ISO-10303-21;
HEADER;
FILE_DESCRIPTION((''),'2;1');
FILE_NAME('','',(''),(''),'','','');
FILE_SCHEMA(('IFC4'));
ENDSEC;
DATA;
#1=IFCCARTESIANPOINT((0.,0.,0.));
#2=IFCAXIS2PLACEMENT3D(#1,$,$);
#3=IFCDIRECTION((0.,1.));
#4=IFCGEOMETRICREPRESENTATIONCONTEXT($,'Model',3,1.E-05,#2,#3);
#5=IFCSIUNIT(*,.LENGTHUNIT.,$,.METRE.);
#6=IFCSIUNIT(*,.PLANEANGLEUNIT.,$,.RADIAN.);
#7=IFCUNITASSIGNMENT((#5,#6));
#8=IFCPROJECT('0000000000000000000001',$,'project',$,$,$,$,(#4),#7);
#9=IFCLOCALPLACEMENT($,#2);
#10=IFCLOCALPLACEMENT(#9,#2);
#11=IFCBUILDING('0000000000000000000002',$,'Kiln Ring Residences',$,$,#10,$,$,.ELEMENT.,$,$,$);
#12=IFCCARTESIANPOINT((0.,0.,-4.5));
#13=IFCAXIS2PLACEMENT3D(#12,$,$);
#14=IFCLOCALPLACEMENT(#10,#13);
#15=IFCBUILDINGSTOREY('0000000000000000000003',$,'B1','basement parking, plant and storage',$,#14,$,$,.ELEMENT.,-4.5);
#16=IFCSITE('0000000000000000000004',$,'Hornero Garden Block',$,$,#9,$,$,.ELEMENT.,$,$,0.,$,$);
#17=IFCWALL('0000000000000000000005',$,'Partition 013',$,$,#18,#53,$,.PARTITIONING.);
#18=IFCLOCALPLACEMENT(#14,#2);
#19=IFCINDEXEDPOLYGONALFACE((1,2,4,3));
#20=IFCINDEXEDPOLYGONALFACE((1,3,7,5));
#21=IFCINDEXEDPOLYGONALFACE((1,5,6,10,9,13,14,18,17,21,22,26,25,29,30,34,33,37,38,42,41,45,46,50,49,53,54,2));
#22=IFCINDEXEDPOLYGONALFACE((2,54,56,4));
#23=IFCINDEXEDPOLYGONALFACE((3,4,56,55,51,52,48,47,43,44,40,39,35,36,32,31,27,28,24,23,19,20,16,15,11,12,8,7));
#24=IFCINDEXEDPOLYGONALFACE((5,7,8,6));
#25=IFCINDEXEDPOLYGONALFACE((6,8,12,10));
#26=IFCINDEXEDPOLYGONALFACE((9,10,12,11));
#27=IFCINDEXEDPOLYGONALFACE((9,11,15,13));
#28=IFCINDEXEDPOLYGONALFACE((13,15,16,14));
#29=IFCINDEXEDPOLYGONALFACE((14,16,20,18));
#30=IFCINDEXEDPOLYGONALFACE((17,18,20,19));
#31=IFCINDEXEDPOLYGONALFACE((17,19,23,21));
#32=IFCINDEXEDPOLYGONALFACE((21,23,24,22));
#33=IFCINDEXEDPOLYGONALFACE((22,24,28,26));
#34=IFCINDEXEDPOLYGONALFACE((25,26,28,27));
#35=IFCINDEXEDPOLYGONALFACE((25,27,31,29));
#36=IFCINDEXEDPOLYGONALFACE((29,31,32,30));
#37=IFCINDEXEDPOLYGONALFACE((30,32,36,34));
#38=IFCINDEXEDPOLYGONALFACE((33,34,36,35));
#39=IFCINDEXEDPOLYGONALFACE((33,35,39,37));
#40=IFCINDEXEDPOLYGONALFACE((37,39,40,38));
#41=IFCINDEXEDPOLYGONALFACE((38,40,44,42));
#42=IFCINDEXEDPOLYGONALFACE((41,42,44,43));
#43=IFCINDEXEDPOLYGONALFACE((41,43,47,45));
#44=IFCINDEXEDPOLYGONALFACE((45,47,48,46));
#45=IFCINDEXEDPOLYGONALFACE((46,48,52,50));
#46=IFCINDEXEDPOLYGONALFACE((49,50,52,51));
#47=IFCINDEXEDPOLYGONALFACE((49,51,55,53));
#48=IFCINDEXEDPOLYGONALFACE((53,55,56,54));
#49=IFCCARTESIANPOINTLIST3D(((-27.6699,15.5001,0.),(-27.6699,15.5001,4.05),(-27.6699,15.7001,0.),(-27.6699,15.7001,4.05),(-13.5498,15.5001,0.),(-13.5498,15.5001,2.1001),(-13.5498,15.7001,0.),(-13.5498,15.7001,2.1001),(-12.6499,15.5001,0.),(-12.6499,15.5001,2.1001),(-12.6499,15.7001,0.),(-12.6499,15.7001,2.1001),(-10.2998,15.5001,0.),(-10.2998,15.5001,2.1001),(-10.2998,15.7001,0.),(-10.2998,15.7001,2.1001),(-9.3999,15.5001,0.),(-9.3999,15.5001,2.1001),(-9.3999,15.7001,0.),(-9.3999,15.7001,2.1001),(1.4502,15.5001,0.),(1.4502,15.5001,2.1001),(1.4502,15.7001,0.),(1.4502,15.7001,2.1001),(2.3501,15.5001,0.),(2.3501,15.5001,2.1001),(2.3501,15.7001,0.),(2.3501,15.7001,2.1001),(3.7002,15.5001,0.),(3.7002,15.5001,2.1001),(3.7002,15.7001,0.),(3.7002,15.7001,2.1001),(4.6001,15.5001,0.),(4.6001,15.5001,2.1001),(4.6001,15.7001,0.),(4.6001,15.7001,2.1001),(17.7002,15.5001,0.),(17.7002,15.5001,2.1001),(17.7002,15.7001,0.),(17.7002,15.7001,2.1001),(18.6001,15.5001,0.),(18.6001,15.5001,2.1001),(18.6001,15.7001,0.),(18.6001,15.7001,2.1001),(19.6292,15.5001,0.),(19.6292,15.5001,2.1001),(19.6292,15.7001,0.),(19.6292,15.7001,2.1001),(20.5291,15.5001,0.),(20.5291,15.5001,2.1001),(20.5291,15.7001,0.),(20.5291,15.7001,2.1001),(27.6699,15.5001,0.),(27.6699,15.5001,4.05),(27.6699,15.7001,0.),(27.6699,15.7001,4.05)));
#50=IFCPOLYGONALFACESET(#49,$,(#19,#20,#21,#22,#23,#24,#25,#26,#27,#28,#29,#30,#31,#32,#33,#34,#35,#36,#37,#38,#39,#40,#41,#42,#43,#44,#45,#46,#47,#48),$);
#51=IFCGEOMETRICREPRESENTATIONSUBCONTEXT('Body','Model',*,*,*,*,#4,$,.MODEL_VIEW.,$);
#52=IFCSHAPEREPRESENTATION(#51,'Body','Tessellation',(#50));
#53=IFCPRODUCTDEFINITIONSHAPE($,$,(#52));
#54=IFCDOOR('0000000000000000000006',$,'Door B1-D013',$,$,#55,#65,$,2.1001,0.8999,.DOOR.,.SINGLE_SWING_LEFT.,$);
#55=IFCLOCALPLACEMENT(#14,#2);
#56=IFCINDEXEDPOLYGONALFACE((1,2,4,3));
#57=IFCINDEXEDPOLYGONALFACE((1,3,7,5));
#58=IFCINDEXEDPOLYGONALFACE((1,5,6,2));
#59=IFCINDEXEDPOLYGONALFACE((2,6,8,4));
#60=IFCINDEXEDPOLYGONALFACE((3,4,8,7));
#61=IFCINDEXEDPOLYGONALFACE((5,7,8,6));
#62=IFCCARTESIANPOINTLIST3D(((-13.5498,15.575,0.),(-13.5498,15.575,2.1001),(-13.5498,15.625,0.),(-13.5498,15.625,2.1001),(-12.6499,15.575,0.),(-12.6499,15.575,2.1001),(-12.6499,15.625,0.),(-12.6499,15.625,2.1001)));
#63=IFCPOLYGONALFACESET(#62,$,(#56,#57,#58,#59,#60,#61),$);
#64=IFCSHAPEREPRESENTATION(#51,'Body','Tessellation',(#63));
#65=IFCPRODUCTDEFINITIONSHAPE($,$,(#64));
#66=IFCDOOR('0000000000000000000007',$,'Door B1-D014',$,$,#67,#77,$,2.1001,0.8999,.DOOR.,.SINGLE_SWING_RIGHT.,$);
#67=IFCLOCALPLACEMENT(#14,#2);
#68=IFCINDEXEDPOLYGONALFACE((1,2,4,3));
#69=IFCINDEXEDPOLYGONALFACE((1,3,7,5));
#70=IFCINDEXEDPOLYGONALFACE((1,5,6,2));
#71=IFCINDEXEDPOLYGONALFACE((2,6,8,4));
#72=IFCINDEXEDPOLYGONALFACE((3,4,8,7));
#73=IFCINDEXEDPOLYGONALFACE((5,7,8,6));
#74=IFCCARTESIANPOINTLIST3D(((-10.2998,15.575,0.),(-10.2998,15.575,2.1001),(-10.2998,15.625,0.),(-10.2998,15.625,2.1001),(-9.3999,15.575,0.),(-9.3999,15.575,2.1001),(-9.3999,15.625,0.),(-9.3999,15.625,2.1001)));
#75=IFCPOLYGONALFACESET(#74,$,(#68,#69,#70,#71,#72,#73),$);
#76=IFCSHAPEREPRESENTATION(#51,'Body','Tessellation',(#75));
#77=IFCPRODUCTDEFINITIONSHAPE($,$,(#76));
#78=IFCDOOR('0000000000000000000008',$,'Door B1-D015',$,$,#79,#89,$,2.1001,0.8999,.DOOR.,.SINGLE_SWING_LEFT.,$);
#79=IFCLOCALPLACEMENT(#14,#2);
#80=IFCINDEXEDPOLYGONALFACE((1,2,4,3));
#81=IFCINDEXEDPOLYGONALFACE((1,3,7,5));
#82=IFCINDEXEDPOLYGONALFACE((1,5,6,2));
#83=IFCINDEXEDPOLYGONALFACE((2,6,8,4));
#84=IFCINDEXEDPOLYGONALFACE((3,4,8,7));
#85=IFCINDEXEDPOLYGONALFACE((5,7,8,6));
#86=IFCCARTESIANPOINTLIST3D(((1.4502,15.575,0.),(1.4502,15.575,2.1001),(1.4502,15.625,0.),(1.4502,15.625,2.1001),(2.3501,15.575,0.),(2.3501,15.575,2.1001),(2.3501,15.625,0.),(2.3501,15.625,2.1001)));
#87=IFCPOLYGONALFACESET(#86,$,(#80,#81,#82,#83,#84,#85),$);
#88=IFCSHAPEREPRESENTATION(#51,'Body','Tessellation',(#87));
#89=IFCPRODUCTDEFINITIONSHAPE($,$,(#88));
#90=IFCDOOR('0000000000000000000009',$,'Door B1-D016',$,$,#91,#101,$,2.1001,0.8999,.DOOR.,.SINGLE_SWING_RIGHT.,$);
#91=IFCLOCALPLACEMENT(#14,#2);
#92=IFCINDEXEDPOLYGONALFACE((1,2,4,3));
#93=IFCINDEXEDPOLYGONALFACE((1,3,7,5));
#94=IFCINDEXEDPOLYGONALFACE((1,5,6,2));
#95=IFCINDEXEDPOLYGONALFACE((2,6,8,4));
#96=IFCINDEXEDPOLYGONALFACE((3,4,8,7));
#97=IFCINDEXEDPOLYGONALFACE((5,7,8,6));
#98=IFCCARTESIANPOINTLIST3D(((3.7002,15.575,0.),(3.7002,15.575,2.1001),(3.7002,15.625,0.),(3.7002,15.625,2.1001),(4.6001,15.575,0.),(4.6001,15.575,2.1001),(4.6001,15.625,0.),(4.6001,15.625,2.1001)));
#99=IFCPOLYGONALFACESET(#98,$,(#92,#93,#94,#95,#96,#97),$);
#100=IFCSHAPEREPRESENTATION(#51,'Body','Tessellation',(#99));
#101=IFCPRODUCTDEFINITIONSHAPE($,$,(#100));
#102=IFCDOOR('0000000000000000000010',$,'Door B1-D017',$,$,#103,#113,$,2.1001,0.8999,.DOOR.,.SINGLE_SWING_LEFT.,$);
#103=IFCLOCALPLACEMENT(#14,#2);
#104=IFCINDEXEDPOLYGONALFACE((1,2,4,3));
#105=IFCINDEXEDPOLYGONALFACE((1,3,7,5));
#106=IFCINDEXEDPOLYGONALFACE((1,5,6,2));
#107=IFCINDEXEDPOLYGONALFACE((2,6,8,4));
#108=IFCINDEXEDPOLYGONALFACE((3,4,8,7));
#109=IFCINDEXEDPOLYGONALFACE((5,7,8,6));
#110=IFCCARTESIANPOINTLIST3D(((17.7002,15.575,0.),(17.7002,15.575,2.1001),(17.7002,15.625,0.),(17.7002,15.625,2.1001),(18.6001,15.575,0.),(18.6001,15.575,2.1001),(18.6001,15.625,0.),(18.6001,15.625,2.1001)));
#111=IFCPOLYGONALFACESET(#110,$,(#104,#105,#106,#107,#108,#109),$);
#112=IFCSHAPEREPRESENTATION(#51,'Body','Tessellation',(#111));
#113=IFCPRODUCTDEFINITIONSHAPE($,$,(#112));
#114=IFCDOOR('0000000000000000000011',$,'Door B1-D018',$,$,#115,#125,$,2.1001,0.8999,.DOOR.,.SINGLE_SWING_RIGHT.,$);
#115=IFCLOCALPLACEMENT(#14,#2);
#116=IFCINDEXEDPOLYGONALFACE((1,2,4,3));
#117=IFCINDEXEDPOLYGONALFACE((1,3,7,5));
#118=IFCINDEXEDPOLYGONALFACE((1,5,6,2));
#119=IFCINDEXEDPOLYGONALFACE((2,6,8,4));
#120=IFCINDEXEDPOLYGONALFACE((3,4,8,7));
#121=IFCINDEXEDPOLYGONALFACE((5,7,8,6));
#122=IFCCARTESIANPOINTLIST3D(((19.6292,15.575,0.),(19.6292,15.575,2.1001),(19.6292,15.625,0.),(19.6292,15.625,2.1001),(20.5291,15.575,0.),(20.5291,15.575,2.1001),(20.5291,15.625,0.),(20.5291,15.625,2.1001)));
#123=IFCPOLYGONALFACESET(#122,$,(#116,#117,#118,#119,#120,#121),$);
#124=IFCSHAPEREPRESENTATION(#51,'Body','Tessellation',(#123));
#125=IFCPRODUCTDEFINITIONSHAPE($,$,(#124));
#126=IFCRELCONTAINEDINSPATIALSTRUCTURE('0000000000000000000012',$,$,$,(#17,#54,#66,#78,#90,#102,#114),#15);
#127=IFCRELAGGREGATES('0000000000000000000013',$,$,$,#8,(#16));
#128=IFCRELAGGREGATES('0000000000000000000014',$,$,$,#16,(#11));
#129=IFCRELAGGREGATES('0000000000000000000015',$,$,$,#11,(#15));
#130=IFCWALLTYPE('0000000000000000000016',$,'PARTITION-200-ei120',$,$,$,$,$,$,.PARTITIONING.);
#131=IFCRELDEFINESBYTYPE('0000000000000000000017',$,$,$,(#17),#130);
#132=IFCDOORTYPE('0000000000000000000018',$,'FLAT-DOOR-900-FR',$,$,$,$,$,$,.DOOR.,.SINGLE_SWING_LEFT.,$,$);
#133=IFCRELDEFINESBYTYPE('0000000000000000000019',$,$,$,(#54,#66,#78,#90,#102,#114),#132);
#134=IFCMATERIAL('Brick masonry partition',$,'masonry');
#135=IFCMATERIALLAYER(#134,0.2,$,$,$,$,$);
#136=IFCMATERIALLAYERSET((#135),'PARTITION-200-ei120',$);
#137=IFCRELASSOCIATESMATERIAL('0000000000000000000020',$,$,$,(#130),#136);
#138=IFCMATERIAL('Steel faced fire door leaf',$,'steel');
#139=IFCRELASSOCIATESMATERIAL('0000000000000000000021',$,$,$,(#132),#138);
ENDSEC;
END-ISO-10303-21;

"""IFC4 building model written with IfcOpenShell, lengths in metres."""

from ifc_helpers import new_model, si_unit, direction, frame, frame_2d, origin, place, context, subcontext, project, spatial, rectangle, extrude, material, layer, layer_set, type_object, element, fill, save


model = new_model("IFC4")

# Units and contexts
model_context = context("Model", 3, precision=1e-05, world=origin(), true_north=direction((0.0, 1.0)))
body_context = subcontext(model_context, "Body", "Model", "MODEL_VIEW")
ifc_project = project(units=[si_unit("LENGTHUNIT", "METRE"), si_unit("PLANEANGLEUNIT", "RADIAN")], contexts=[model_context])

# Site, building, storey
site_placement = place(None, origin())
site = spatial("IfcSite", under=ifc_project, at=site_placement, Name="Hornero Garden Block", CompositionType="ELEMENT", RefElevation=0.0)
building_placement = place(site_placement, origin())
building = spatial("IfcBuilding", under=site, at=building_placement, Name="Kiln Ring Residences", CompositionType="ELEMENT")
storey_placement = place(building_placement, frame((0.0, 0.0, -4.5)))
storey = spatial("IfcBuildingStorey", under=building, at=storey_placement, Name="B1", Description="basement parking, plant and storage", CompositionType="ELEMENT", Elevation=-4.5)

# Wall, openings, doors
ifc_material_1 = material(Name="Brick masonry partition", Category="masonry")
ifc_layer_1 = layer(ifc_material_1, 0.2)
ifc_layer_set_1 = layer_set([ifc_layer_1], Name="PARTITION-200-ei120")
wall_type_1 = type_object("IfcWallType", Name="PARTITION-200-ei120", PredefinedType="PARTITIONING", material=ifc_layer_set_1)
wall_1_placement = place(storey_placement, frame((-27.6699, 15.6001, 0.0), z_axis=(0.0, 0.0, 1.0), x_axis=(1.0, 0.0, 0.0)))
wall_1 = element("IfcWall", 1, at=wall_1_placement, inside=storey, type_object=wall_type_1, Name="Partition 013", PredefinedType="PARTITIONING", context=body_context, shape_type="SweptSolid", body=[
    extrude(rectangle(XDim=55.3398, YDim=0.2, at=frame_2d((27.6699, 0.0))), origin(), (0.0, 0.0, 1.0), 4.05),
])
opening_1_placement = place(wall_1_placement, frame((14.1201, 0.0, 0.0)))
opening_1 = element("IfcOpeningElement", 2, at=opening_1_placement, cuts=wall_1, PredefinedType="OPENING", context=body_context, shape_type="SweptSolid", body=[
    extrude(rectangle(XDim=0.8999, YDim=2.1001, at=frame_2d((0.45, 1.05))), frame((0.0, 0.1099, 0.0), z_axis=(0.0, -1.0, 0.0), x_axis=(1.0, 0.0, 0.0)), (0.0, 0.0, 1.0), 0.22),
])
opening_2_placement = place(wall_1_placement, frame((17.3701, 0.0, 0.0)))
opening_2 = element("IfcOpeningElement", 3, at=opening_2_placement, cuts=wall_1, PredefinedType="OPENING", context=body_context, shape_type="SweptSolid", body=[
    extrude(rectangle(XDim=0.8999, YDim=2.1001, at=frame_2d((0.45, 1.05))), frame((0.0, 0.1099, 0.0), z_axis=(0.0, -1.0, 0.0), x_axis=(1.0, 0.0, 0.0)), (0.0, 0.0, 1.0), 0.22),
])
opening_3_placement = place(wall_1_placement, frame((29.1201, 0.0, 0.0)))
opening_3 = element("IfcOpeningElement", 4, at=opening_3_placement, cuts=wall_1, PredefinedType="OPENING", context=body_context, shape_type="SweptSolid", body=[
    extrude(rectangle(XDim=0.8999, YDim=2.1001, at=frame_2d((0.45, 1.05))), frame((0.0, 0.1099, 0.0), z_axis=(0.0, -1.0, 0.0), x_axis=(1.0, 0.0, 0.0)), (0.0, 0.0, 1.0), 0.22),
])
opening_4_placement = place(wall_1_placement, frame((31.3701, 0.0, 0.0)))
opening_4 = element("IfcOpeningElement", 5, at=opening_4_placement, cuts=wall_1, PredefinedType="OPENING", context=body_context, shape_type="SweptSolid", body=[
    extrude(rectangle(XDim=0.8999, YDim=2.1001, at=frame_2d((0.45, 1.05))), frame((0.0, 0.1099, 0.0), z_axis=(0.0, -1.0, 0.0), x_axis=(1.0, 0.0, 0.0)), (0.0, 0.0, 1.0), 0.22),
])
opening_5_placement = place(wall_1_placement, frame((45.3701, 0.0, 0.0)))
opening_5 = element("IfcOpeningElement", 6, at=opening_5_placement, cuts=wall_1, PredefinedType="OPENING", context=body_context, shape_type="SweptSolid", body=[
    extrude(rectangle(XDim=0.8999, YDim=2.1001, at=frame_2d((0.45, 1.05))), frame((0.0, 0.1099, 0.0), z_axis=(0.0, -1.0, 0.0), x_axis=(1.0, 0.0, 0.0)), (0.0, 0.0, 1.0), 0.22),
])
opening_6_placement = place(wall_1_placement, frame((47.2991, 0.0, 0.0)))
opening_6 = element("IfcOpeningElement", 7, at=opening_6_placement, cuts=wall_1, PredefinedType="OPENING", context=body_context, shape_type="SweptSolid", body=[
    extrude(rectangle(XDim=0.8999, YDim=2.1001, at=frame_2d((0.45, 1.05))), frame((0.0, 0.1099, 0.0), z_axis=(0.0, -1.0, 0.0), x_axis=(1.0, 0.0, 0.0)), (0.0, 0.0, 1.0), 0.22),
])
ifc_material_2 = material(Name="Steel faced fire door leaf", Category="steel")
door_type_1 = type_object("IfcDoorType", Name="FLAT-DOOR-900-FR", OperationType="SINGLE_SWING_LEFT", PredefinedType="DOOR", material=ifc_material_2)
door_1_placement = place(opening_1_placement, origin())
door_1 = element("IfcDoor", 8, at=door_1_placement, inside=storey, type_object=door_type_1, Name="Door B1-D013", OperationType="SINGLE_SWING_LEFT", OverallHeight=2.1001, OverallWidth=0.8999, PredefinedType="DOOR", context=body_context, shape_type="SweptSolid", body=[
    extrude(rectangle(XDim=0.8999, YDim=2.1001, at=frame_2d((0.45, 1.05))), frame((0.0, 0.0249, 0.0), z_axis=(0.0, -1.0, 0.0), x_axis=(1.0, 0.0, 0.0)), (0.0, 0.0, 1.0), 0.05),
])
fill(opening_1, door_1)
door_2_placement = place(opening_2_placement, origin())
door_2 = element("IfcDoor", 9, at=door_2_placement, inside=storey, type_object=door_type_1, Name="Door B1-D014", OperationType="SINGLE_SWING_RIGHT", OverallHeight=2.1001, OverallWidth=0.8999, PredefinedType="DOOR", context=body_context, shape_type="SweptSolid", body=[
    extrude(rectangle(XDim=0.8999, YDim=2.1001, at=frame_2d((0.45, 1.05))), frame((0.0, 0.0249, 0.0), z_axis=(0.0, -1.0, 0.0), x_axis=(1.0, 0.0, 0.0)), (0.0, 0.0, 1.0), 0.05),
])
fill(opening_2, door_2)
door_3_placement = place(opening_3_placement, origin())
door_3 = element("IfcDoor", 10, at=door_3_placement, inside=storey, type_object=door_type_1, Name="Door B1-D015", OperationType="SINGLE_SWING_LEFT", OverallHeight=2.1001, OverallWidth=0.8999, PredefinedType="DOOR", context=body_context, shape_type="SweptSolid", body=[
    extrude(rectangle(XDim=0.8999, YDim=2.1001, at=frame_2d((0.45, 1.05))), frame((0.0, 0.0249, 0.0), z_axis=(0.0, -1.0, 0.0), x_axis=(1.0, 0.0, 0.0)), (0.0, 0.0, 1.0), 0.05),
])
fill(opening_3, door_3)
door_4_placement = place(opening_4_placement, origin())
door_4 = element("IfcDoor", 11, at=door_4_placement, inside=storey, type_object=door_type_1, Name="Door B1-D016", OperationType="SINGLE_SWING_RIGHT", OverallHeight=2.1001, OverallWidth=0.8999, PredefinedType="DOOR", context=body_context, shape_type="SweptSolid", body=[
    extrude(rectangle(XDim=0.8999, YDim=2.1001, at=frame_2d((0.45, 1.05))), frame((0.0, 0.0249, 0.0), z_axis=(0.0, -1.0, 0.0), x_axis=(1.0, 0.0, 0.0)), (0.0, 0.0, 1.0), 0.05),
])
fill(opening_4, door_4)
door_5_placement = place(opening_5_placement, origin())
door_5 = element("IfcDoor", 12, at=door_5_placement, inside=storey, type_object=door_type_1, Name="Door B1-D017", OperationType="SINGLE_SWING_LEFT", OverallHeight=2.1001, OverallWidth=0.8999, PredefinedType="DOOR", context=body_context, shape_type="SweptSolid", body=[
    extrude(rectangle(XDim=0.8999, YDim=2.1001, at=frame_2d((0.45, 1.05))), frame((0.0, 0.0249, 0.0), z_axis=(0.0, -1.0, 0.0), x_axis=(1.0, 0.0, 0.0)), (0.0, 0.0, 1.0), 0.05),
])
fill(opening_5, door_5)
door_6_placement = place(opening_6_placement, origin())
door_6 = element("IfcDoor", 13, at=door_6_placement, inside=storey, type_object=door_type_1, Name="Door B1-D018", OperationType="SINGLE_SWING_RIGHT", OverallHeight=2.1001, OverallWidth=0.8999, PredefinedType="DOOR", context=body_context, shape_type="SweptSolid", body=[
    extrude(rectangle(XDim=0.8999, YDim=2.1001, at=frame_2d((0.45, 1.05))), frame((0.0, 0.0249, 0.0), z_axis=(0.0, -1.0, 0.0), x_axis=(1.0, 0.0, 0.0)), (0.0, 0.0, 1.0), 0.05),
])
fill(opening_6, door_6)

save(model, "model.ifc")
